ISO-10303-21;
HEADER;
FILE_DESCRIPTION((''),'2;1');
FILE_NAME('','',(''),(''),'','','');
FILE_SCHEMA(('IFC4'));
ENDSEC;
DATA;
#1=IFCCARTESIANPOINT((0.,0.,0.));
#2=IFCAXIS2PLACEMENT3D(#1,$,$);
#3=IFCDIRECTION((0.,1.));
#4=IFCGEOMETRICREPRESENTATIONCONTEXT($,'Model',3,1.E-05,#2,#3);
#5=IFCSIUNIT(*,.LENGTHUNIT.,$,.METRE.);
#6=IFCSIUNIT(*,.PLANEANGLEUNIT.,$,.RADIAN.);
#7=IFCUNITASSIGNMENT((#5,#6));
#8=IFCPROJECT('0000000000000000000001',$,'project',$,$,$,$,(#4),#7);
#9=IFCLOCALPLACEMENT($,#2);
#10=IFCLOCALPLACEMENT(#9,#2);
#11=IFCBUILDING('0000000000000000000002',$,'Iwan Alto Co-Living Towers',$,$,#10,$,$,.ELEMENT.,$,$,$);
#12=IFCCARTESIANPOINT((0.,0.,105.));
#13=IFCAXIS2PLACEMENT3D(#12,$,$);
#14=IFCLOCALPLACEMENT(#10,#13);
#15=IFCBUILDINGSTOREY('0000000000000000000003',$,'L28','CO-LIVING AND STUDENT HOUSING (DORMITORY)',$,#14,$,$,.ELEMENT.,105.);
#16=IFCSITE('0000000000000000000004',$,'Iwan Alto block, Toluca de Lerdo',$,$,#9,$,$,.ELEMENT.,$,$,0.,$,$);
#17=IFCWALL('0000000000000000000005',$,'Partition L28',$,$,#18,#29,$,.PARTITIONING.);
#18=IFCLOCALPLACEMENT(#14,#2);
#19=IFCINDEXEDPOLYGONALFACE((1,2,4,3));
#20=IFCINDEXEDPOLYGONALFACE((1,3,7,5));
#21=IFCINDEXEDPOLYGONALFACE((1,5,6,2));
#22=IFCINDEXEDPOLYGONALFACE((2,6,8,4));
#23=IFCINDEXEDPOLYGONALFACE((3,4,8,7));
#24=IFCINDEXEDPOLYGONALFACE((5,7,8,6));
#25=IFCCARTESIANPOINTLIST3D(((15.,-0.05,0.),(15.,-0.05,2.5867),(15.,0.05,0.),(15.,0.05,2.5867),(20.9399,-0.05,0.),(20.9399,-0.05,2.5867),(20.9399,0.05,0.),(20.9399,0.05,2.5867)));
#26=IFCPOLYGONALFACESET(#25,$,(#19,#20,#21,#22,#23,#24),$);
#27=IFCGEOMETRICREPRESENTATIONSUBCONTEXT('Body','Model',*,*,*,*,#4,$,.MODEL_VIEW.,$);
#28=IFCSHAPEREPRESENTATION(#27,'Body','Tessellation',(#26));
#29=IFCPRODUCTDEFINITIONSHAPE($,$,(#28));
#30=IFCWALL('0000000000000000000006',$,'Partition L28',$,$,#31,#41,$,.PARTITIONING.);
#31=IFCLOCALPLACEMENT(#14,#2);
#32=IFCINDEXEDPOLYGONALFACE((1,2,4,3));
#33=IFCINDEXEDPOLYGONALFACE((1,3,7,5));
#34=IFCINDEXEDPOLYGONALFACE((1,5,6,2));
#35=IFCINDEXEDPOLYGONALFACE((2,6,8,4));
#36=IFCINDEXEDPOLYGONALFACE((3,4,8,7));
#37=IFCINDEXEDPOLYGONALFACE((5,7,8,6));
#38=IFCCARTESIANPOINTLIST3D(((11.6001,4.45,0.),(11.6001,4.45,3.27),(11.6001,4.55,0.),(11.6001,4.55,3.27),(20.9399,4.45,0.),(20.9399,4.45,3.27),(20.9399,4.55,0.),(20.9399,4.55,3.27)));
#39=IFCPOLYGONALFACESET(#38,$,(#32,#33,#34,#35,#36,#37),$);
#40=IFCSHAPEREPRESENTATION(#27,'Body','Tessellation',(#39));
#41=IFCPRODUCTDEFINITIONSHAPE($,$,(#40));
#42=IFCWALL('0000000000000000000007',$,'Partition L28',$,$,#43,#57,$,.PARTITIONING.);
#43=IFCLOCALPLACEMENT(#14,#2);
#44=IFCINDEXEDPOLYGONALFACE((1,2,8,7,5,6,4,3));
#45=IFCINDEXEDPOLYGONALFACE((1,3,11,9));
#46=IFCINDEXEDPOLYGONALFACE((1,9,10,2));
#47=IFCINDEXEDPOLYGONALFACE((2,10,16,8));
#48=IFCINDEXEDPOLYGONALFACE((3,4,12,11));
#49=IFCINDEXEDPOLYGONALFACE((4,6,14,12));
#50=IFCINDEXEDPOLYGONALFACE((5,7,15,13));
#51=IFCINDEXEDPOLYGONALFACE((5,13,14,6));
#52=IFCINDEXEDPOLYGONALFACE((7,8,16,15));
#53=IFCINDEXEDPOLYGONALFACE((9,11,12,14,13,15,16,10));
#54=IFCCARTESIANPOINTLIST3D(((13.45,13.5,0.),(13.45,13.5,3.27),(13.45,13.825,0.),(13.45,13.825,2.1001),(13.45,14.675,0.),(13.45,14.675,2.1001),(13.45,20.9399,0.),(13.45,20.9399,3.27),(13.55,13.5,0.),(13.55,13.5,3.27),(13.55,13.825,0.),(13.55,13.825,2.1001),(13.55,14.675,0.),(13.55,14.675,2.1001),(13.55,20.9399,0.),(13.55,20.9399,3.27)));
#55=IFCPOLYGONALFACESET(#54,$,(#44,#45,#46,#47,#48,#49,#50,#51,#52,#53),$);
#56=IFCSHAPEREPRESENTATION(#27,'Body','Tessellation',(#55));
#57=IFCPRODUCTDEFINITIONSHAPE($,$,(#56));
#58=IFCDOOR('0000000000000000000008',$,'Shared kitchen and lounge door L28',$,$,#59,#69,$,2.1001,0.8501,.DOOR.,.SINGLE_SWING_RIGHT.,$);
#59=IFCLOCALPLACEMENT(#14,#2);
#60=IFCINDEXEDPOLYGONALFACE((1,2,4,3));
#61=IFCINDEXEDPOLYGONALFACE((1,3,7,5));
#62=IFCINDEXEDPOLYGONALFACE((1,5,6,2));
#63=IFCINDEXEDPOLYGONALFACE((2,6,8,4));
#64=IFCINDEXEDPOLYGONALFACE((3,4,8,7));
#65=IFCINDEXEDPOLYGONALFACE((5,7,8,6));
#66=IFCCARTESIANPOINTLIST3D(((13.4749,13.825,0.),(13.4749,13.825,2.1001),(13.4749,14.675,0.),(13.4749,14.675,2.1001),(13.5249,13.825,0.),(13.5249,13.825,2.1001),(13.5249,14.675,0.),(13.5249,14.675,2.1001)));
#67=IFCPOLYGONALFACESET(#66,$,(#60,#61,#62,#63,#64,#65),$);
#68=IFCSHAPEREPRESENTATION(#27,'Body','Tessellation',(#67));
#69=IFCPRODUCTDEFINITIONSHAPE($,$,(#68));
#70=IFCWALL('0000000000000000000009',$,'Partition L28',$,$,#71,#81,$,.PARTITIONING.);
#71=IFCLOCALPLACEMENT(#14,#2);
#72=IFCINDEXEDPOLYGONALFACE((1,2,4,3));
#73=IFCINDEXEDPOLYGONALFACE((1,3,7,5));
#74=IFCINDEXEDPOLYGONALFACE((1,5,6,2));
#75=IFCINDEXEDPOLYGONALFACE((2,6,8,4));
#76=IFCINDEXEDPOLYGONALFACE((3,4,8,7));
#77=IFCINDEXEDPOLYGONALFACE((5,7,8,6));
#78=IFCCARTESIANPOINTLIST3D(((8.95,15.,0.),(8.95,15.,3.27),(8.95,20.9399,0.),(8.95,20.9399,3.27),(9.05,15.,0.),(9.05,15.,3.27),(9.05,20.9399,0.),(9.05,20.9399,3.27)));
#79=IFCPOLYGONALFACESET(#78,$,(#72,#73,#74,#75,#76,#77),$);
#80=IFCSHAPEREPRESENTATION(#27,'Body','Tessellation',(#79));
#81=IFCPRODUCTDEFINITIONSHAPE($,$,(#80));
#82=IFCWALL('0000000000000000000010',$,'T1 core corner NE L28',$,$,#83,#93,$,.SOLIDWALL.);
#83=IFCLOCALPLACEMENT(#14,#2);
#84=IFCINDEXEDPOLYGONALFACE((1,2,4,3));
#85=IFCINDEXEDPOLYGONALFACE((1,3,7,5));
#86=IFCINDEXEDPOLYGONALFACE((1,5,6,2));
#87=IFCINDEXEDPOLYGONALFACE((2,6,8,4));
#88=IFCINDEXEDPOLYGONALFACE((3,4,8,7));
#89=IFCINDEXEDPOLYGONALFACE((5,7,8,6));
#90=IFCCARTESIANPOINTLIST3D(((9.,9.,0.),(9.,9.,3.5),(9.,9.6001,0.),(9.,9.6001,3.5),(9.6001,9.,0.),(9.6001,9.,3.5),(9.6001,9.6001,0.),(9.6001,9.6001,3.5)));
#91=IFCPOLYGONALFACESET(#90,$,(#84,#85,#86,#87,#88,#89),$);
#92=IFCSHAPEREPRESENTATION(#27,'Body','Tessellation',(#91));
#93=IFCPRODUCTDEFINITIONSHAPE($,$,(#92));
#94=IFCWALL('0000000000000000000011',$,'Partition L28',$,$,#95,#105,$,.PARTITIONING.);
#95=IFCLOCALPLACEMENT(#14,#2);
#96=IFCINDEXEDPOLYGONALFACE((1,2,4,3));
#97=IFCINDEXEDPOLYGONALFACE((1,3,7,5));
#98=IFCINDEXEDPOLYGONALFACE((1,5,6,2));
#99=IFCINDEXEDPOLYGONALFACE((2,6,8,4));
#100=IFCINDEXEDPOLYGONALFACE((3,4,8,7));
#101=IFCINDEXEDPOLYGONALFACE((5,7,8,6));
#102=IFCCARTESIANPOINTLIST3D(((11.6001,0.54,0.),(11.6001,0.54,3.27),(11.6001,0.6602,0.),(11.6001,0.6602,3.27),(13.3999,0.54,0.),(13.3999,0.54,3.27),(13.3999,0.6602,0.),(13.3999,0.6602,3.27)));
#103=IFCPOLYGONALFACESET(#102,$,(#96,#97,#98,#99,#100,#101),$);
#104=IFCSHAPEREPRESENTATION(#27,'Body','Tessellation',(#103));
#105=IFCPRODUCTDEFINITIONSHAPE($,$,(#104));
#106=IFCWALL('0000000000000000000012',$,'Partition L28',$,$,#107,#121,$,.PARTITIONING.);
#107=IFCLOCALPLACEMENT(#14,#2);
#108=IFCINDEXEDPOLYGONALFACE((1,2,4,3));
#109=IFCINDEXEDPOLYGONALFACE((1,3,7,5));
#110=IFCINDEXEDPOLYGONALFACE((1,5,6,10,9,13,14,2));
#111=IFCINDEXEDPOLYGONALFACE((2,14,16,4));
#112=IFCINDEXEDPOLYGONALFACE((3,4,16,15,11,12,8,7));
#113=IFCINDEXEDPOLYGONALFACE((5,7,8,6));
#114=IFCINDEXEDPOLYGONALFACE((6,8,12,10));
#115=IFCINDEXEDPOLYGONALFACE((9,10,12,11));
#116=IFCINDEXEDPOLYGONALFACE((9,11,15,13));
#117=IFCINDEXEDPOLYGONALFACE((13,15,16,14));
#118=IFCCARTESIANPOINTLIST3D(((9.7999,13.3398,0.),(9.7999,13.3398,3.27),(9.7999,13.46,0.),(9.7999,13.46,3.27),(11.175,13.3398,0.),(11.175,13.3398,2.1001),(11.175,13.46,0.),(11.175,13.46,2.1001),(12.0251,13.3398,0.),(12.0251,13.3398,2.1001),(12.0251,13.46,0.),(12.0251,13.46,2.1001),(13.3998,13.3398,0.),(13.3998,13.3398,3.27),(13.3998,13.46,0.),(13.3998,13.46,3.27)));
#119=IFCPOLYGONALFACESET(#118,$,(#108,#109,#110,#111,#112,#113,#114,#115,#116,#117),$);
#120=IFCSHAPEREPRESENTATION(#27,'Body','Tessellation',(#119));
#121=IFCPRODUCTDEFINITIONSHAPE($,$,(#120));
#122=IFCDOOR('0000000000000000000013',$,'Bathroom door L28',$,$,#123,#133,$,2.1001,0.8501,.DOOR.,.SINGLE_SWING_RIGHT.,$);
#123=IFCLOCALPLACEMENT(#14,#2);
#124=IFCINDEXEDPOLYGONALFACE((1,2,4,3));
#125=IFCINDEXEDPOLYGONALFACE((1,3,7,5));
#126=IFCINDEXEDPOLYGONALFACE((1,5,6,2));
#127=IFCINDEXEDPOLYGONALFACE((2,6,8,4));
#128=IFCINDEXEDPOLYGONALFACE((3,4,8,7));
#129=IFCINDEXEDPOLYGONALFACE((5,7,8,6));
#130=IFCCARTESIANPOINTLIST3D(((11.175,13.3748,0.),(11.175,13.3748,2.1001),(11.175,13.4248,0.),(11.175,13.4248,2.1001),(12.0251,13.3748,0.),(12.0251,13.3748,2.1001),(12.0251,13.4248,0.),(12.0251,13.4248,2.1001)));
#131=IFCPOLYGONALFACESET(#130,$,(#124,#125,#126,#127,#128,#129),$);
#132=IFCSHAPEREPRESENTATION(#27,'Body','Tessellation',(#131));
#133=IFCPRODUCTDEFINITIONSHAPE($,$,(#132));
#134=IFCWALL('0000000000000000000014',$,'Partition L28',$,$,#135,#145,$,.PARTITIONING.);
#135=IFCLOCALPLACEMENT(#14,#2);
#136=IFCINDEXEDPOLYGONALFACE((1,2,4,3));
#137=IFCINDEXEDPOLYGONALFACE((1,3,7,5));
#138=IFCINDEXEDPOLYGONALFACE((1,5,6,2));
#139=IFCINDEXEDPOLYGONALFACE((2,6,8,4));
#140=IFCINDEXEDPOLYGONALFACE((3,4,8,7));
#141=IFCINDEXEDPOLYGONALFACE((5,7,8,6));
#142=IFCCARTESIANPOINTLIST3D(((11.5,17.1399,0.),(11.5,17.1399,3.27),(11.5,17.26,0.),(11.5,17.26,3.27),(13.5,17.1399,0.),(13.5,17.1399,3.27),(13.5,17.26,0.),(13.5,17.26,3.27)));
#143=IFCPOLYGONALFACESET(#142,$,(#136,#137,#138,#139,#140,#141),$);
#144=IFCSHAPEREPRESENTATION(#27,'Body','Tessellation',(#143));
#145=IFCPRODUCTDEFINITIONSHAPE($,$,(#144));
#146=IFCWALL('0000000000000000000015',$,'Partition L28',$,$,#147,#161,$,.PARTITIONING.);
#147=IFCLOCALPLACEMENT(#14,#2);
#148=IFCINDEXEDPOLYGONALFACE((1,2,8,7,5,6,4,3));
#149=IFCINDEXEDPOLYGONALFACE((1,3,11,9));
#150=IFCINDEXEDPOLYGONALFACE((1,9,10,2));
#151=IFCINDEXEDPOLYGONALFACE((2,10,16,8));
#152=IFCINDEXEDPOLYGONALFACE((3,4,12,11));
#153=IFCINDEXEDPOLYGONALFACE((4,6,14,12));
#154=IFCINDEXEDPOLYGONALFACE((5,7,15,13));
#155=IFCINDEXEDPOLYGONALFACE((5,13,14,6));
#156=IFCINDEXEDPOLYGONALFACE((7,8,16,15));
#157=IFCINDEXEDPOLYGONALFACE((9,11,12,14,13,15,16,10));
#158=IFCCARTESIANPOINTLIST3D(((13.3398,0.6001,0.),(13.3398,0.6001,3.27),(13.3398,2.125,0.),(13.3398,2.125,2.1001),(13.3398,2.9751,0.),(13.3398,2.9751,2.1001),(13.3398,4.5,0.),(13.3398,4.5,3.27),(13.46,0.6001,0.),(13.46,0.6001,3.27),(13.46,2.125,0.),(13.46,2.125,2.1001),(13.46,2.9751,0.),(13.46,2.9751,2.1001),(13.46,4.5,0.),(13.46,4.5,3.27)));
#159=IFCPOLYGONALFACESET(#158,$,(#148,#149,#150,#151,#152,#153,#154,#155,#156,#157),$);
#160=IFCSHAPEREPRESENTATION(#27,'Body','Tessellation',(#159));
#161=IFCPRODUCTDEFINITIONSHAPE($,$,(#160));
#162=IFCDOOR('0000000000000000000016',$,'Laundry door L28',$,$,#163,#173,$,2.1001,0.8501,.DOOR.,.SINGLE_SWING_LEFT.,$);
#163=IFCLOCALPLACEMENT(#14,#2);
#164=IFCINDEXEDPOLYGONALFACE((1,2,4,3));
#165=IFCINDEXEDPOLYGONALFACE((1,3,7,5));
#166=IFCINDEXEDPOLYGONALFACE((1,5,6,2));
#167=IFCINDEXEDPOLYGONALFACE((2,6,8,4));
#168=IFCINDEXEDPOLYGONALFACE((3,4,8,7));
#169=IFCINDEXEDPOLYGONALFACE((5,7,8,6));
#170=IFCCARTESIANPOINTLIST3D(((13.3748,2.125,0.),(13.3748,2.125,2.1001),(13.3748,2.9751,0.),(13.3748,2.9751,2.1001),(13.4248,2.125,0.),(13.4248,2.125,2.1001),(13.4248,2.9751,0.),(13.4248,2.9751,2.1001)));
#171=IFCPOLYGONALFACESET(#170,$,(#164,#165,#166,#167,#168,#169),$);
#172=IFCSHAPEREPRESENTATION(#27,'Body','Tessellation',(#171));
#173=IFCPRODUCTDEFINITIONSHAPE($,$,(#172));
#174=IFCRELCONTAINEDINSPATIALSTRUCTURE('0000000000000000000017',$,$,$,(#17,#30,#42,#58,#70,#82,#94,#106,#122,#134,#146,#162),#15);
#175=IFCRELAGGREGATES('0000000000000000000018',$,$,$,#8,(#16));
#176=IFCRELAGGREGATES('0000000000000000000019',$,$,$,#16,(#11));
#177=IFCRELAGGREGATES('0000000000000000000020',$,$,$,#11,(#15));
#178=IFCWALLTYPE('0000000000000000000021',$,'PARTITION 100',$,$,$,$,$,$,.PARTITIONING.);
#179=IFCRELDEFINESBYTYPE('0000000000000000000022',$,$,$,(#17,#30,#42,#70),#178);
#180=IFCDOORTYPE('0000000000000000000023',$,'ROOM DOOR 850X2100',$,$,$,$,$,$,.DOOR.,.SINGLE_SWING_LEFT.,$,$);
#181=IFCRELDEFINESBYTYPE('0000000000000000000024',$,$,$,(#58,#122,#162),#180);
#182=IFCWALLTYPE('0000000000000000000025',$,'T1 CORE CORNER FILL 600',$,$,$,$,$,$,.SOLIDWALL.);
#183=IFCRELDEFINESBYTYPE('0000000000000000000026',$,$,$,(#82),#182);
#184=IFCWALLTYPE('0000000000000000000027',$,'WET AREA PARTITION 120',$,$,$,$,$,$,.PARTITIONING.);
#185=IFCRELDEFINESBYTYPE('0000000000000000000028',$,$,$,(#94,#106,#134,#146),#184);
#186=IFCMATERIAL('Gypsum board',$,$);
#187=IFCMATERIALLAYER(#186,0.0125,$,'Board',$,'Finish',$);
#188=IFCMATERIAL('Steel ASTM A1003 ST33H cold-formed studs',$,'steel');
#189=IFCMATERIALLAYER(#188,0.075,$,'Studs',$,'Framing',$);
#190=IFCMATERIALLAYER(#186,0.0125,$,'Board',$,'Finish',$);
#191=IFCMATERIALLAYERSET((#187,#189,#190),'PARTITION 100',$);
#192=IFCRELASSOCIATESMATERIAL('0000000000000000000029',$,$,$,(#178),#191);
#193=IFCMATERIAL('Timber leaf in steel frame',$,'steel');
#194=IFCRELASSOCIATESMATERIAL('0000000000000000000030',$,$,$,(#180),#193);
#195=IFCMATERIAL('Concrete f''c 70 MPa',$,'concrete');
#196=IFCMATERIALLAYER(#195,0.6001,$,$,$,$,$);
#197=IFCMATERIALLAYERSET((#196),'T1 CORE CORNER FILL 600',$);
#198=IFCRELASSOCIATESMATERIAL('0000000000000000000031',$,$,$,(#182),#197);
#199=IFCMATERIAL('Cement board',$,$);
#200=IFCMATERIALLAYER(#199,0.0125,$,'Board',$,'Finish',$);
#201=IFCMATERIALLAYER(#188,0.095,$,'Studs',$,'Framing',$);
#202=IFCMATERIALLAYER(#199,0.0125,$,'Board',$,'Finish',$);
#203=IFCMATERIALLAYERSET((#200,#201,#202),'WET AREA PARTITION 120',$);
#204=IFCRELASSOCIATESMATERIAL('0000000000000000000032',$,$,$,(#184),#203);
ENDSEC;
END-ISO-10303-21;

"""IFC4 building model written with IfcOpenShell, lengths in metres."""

from ifc_helpers import new_model, si_unit, direction, frame, frame_2d, origin, place, context, subcontext, project, spatial, rectangle, extrude, material, layer, layer_set, type_object, element, fill, save


model = new_model("IFC4")

# Units and contexts
model_context = context("Model", 3, precision=1e-05, world=origin(), true_north=direction((0.0, 1.0)))
body_context = subcontext(model_context, "Body", "Model", "MODEL_VIEW")
ifc_project = project(units=[si_unit("LENGTHUNIT", "METRE"), si_unit("PLANEANGLEUNIT", "RADIAN")], contexts=[model_context])

# Site, building, storey
site_placement = place(None, origin())
site = spatial("IfcSite", under=ifc_project, at=site_placement, Name="Iwan Alto block, Toluca de Lerdo", CompositionType="ELEMENT", RefElevation=0.0)
building_placement = place(site_placement, origin())
building = spatial("IfcBuilding", under=site, at=building_placement, Name="Iwan Alto Co-Living Towers", CompositionType="ELEMENT")
storey_placement = place(building_placement, frame((0.0, 0.0, 105.0)))
storey = spatial("IfcBuildingStorey", under=building, at=storey_placement, Name="L28", Description="CO-LIVING AND STUDENT HOUSING (DORMITORY)", CompositionType="ELEMENT", Elevation=105.0)

# Shared definitions
ifc_material_1 = material(Name="Gypsum board")
ifc_material_2 = material(Name="Steel ASTM A1003 ST33H cold-formed studs", Category="steel")

# Walls
ifc_layer_1 = layer(ifc_material_1, 0.0125, Name="Board", Category="Finish")
ifc_layer_2 = layer(ifc_material_2, 0.075, Name="Studs", Category="Framing")
ifc_layer_3 = layer(ifc_material_1, 0.0125, Name="Board", Category="Finish")
ifc_layer_set_1 = layer_set([ifc_layer_1, ifc_layer_2, ifc_layer_3], Name="PARTITION 100")
wall_type_1 = type_object("IfcWallType", Name="PARTITION 100", PredefinedType="PARTITIONING", material=ifc_layer_set_1)
wall_1_placement = place(storey_placement, frame((15.0, 0.0, 0.0), z_axis=(0.0, 0.0, 1.0), x_axis=(1.0, 0.0, 0.0)))
element("IfcWall", 1, at=wall_1_placement, inside=storey, type_object=wall_type_1, Name="Partition L28", PredefinedType="PARTITIONING", context=body_context, shape_type="SweptSolid", body=[
    extrude(rectangle(XDim=5.9399, YDim=0.1001, at=frame_2d((2.97, 0.0))), origin(), (0.0, 0.0, 1.0), 2.5867),
])
wall_2_placement = place(storey_placement, frame((11.6001, 4.5, 0.0), z_axis=(0.0, 0.0, 1.0), x_axis=(1.0, 0.0, 0.0)))
element("IfcWall", 2, at=wall_2_placement, inside=storey, type_object=wall_type_1, Name="Partition L28", PredefinedType="PARTITIONING", context=body_context, shape_type="SweptSolid", body=[
    extrude(rectangle(XDim=9.3398, YDim=0.1001, at=frame_2d((4.6699, 0.0))), origin(), (0.0, 0.0, 1.0), 3.27),
])

# Wall, opening, door
wall_3_placement = place(storey_placement, frame((13.5, 13.5, 0.0), z_axis=(0.0, 0.0, 1.0), x_axis=(0.0, 1.0, 0.0)))
wall_3 = element("IfcWall", 3, at=wall_3_placement, inside=storey, type_object=wall_type_1, Name="Partition L28", PredefinedType="PARTITIONING", context=body_context, shape_type="SweptSolid", body=[
    extrude(rectangle(XDim=7.4399, YDim=0.1001, at=frame_2d((3.72, 0.0))), origin(), (0.0, 0.0, 1.0), 3.27),
])
opening_1_placement = place(wall_3_placement, frame((0.325, 0.0, 0.0)))
opening_1 = element("IfcOpeningElement", 4, at=opening_1_placement, cuts=wall_3, PredefinedType="OPENING", context=body_context, shape_type="SweptSolid", body=[
    extrude(rectangle(XDim=0.8501, YDim=2.1001, at=frame_2d((0.425, 1.05))), frame((0.0, 0.0601, 0.0), z_axis=(0.0, -1.0, 0.0), x_axis=(1.0, 0.0, 0.0)), (0.0, 0.0, 1.0), 0.1201),
])
ifc_material_3 = material(Name="Timber leaf in steel frame", Category="steel")
door_type_1 = type_object("IfcDoorType", Name="ROOM DOOR 850X2100", OperationType="SINGLE_SWING_LEFT", PredefinedType="DOOR", material=ifc_material_3)
door_1_placement = place(opening_1_placement, frame((0.8501, 0.0, 0.0), z_axis=(0.0, 0.0, 1.0), x_axis=(-1.0, 0.0, 0.0)))
door_1 = element("IfcDoor", 5, at=door_1_placement, inside=storey, type_object=door_type_1, Name="Shared kitchen and lounge door L28", OperationType="SINGLE_SWING_RIGHT", OverallHeight=2.1001, OverallWidth=0.8501, PredefinedType="DOOR", context=body_context, shape_type="SweptSolid", body=[
    extrude(rectangle(XDim=0.8501, YDim=2.1001, at=frame_2d((0.425, 1.05))), frame((0.0, 0.0249, 0.0), z_axis=(0.0, -1.0, 0.0), x_axis=(1.0, 0.0, 0.0)), (0.0, 0.0, 1.0), 0.05),
])
fill(opening_1, door_1)

# Walls
wall_4_placement = place(storey_placement, frame((9.0, 15.0, 0.0), z_axis=(0.0, 0.0, 1.0), x_axis=(0.0, 1.0, 0.0)))
element("IfcWall", 6, at=wall_4_placement, inside=storey, type_object=wall_type_1, Name="Partition L28", PredefinedType="PARTITIONING", context=body_context, shape_type="SweptSolid", body=[
    extrude(rectangle(XDim=5.9399, YDim=0.1001, at=frame_2d((2.97, 0.0))), origin(), (0.0, 0.0, 1.0), 3.27),
])
ifc_material_4 = material(Name="Concrete f'c 70 MPa", Category="concrete")
ifc_layer_4 = layer(ifc_material_4, 0.6001)
ifc_layer_set_2 = layer_set([ifc_layer_4], Name="T1 CORE CORNER FILL 600")
wall_type_2 = type_object("IfcWallType", Name="T1 CORE CORNER FILL 600", PredefinedType="SOLIDWALL", material=ifc_layer_set_2)
wall_5_placement = place(storey_placement, frame((9.0, 9.3, 0.0), z_axis=(0.0, 0.0, 1.0), x_axis=(1.0, 0.0, 0.0)))
element("IfcWall", 7, at=wall_5_placement, inside=storey, type_object=wall_type_2, Name="T1 core corner NE L28", PredefinedType="SOLIDWALL", context=body_context, shape_type="SweptSolid", body=[
    extrude(rectangle(XDim=0.6001, YDim=0.6001, at=frame_2d((0.3, 0.0))), origin(), (0.0, 0.0, 1.0), 3.5),
])
ifc_material_5 = material(Name="Cement board")
ifc_layer_5 = layer(ifc_material_5, 0.0125, Name="Board", Category="Finish")
ifc_layer_6 = layer(ifc_material_2, 0.095, Name="Studs", Category="Framing")
ifc_layer_7 = layer(ifc_material_5, 0.0125, Name="Board", Category="Finish")
ifc_layer_set_3 = layer_set([ifc_layer_5, ifc_layer_6, ifc_layer_7], Name="WET AREA PARTITION 120")
wall_type_3 = type_object("IfcWallType", Name="WET AREA PARTITION 120", PredefinedType="PARTITIONING", material=ifc_layer_set_3)
wall_6_placement = place(storey_placement, frame((11.6001, 0.6001, 0.0), z_axis=(0.0, 0.0, 1.0), x_axis=(1.0, 0.0, 0.0)))
element("IfcWall", 8, at=wall_6_placement, inside=storey, type_object=wall_type_3, Name="Partition L28", PredefinedType="PARTITIONING", context=body_context, shape_type="SweptSolid", body=[
    extrude(rectangle(XDim=1.7998, YDim=0.1201, at=frame_2d((0.8999, 0.0))), origin(), (0.0, 0.0, 1.0), 3.27),
])

# Wall, opening, door
wall_7_placement = place(storey_placement, frame((9.8, 13.3999, 0.0), z_axis=(0.0, 0.0, 1.0), x_axis=(1.0, 0.0, 0.0)))
wall_7 = element("IfcWall", 9, at=wall_7_placement, inside=storey, type_object=wall_type_3, Name="Partition L28", PredefinedType="PARTITIONING", context=body_context, shape_type="SweptSolid", body=[
    extrude(rectangle(XDim=3.5999, YDim=0.1201, at=frame_2d((1.7998, 0.0))), origin(), (0.0, 0.0, 1.0), 3.27),
])
opening_2_placement = place(wall_7_placement, frame((1.375, 0.0, 0.0)))
opening_2 = element("IfcOpeningElement", 10, at=opening_2_placement, cuts=wall_7, PredefinedType="OPENING", context=body_context, shape_type="SweptSolid", body=[
    extrude(rectangle(XDim=0.8501, YDim=2.1001, at=frame_2d((0.425, 1.05))), frame((0.0, 0.0701, 0.0), z_axis=(0.0, -1.0, 0.0), x_axis=(1.0, 0.0, 0.0)), (0.0, 0.0, 1.0), 0.1401),
])
door_2_placement = place(opening_2_placement, origin())
door_2 = element("IfcDoor", 11, at=door_2_placement, inside=storey, type_object=door_type_1, Name="Bathroom door L28", OperationType="SINGLE_SWING_RIGHT", OverallHeight=2.1001, OverallWidth=0.8501, PredefinedType="DOOR", context=body_context, shape_type="SweptSolid", body=[
    extrude(rectangle(XDim=0.8501, YDim=2.1001, at=frame_2d((0.425, 1.05))), frame((0.0, 0.0249, 0.0), z_axis=(0.0, -1.0, 0.0), x_axis=(1.0, 0.0, 0.0)), (0.0, 0.0, 1.0), 0.05),
])
fill(opening_2, door_2)

# Wall
wall_8_placement = place(storey_placement, frame((11.5, 17.2, 0.0), z_axis=(0.0, 0.0, 1.0), x_axis=(1.0, 0.0, 0.0)))
element("IfcWall", 12, at=wall_8_placement, inside=storey, type_object=wall_type_3, Name="Partition L28", PredefinedType="PARTITIONING", context=body_context, shape_type="SweptSolid", body=[
    extrude(rectangle(XDim=2.0, YDim=0.1201, at=frame_2d((1.0, 0.0))), origin(), (0.0, 0.0, 1.0), 3.27),
])

# Wall, opening, door
wall_9_placement = place(storey_placement, frame((13.3999, 0.6001, 0.0), z_axis=(0.0, 0.0, 1.0), x_axis=(0.0, 1.0, 0.0)))
wall_9 = element("IfcWall", 13, at=wall_9_placement, inside=storey, type_object=wall_type_3, Name="Partition L28", PredefinedType="PARTITIONING", context=body_context, shape_type="SweptSolid", body=[
    extrude(rectangle(XDim=3.8999, YDim=0.1201, at=frame_2d((1.95, 0.0))), origin(), (0.0, 0.0, 1.0), 3.27),
])
opening_3_placement = place(wall_9_placement, frame((1.5249, 0.0, 0.0)))
opening_3 = element("IfcOpeningElement", 14, at=opening_3_placement, cuts=wall_9, PredefinedType="OPENING", context=body_context, shape_type="SweptSolid", body=[
    extrude(rectangle(XDim=0.8501, YDim=2.1001, at=frame_2d((0.425, 1.05))), frame((0.0, 0.0701, 0.0), z_axis=(0.0, -1.0, 0.0), x_axis=(1.0, 0.0, 0.0)), (0.0, 0.0, 1.0), 0.1401),
])
door_3_placement = place(opening_3_placement, frame((0.8501, 0.0, 0.0), z_axis=(0.0, 0.0, 1.0), x_axis=(-1.0, 0.0, 0.0)))
door_3 = element("IfcDoor", 15, at=door_3_placement, inside=storey, type_object=door_type_1, Name="Laundry door L28", OperationType="SINGLE_SWING_LEFT", OverallHeight=2.1001, OverallWidth=0.8501, PredefinedType="DOOR", context=body_context, shape_type="SweptSolid", body=[
    extrude(rectangle(XDim=0.8501, YDim=2.1001, at=frame_2d((0.425, 1.05))), frame((0.0, 0.0249, 0.0), z_axis=(0.0, -1.0, 0.0), x_axis=(1.0, 0.0, 0.0)), (0.0, 0.0, 1.0), 0.05),
])
fill(opening_3, door_3)

save(model, "model.ifc")
